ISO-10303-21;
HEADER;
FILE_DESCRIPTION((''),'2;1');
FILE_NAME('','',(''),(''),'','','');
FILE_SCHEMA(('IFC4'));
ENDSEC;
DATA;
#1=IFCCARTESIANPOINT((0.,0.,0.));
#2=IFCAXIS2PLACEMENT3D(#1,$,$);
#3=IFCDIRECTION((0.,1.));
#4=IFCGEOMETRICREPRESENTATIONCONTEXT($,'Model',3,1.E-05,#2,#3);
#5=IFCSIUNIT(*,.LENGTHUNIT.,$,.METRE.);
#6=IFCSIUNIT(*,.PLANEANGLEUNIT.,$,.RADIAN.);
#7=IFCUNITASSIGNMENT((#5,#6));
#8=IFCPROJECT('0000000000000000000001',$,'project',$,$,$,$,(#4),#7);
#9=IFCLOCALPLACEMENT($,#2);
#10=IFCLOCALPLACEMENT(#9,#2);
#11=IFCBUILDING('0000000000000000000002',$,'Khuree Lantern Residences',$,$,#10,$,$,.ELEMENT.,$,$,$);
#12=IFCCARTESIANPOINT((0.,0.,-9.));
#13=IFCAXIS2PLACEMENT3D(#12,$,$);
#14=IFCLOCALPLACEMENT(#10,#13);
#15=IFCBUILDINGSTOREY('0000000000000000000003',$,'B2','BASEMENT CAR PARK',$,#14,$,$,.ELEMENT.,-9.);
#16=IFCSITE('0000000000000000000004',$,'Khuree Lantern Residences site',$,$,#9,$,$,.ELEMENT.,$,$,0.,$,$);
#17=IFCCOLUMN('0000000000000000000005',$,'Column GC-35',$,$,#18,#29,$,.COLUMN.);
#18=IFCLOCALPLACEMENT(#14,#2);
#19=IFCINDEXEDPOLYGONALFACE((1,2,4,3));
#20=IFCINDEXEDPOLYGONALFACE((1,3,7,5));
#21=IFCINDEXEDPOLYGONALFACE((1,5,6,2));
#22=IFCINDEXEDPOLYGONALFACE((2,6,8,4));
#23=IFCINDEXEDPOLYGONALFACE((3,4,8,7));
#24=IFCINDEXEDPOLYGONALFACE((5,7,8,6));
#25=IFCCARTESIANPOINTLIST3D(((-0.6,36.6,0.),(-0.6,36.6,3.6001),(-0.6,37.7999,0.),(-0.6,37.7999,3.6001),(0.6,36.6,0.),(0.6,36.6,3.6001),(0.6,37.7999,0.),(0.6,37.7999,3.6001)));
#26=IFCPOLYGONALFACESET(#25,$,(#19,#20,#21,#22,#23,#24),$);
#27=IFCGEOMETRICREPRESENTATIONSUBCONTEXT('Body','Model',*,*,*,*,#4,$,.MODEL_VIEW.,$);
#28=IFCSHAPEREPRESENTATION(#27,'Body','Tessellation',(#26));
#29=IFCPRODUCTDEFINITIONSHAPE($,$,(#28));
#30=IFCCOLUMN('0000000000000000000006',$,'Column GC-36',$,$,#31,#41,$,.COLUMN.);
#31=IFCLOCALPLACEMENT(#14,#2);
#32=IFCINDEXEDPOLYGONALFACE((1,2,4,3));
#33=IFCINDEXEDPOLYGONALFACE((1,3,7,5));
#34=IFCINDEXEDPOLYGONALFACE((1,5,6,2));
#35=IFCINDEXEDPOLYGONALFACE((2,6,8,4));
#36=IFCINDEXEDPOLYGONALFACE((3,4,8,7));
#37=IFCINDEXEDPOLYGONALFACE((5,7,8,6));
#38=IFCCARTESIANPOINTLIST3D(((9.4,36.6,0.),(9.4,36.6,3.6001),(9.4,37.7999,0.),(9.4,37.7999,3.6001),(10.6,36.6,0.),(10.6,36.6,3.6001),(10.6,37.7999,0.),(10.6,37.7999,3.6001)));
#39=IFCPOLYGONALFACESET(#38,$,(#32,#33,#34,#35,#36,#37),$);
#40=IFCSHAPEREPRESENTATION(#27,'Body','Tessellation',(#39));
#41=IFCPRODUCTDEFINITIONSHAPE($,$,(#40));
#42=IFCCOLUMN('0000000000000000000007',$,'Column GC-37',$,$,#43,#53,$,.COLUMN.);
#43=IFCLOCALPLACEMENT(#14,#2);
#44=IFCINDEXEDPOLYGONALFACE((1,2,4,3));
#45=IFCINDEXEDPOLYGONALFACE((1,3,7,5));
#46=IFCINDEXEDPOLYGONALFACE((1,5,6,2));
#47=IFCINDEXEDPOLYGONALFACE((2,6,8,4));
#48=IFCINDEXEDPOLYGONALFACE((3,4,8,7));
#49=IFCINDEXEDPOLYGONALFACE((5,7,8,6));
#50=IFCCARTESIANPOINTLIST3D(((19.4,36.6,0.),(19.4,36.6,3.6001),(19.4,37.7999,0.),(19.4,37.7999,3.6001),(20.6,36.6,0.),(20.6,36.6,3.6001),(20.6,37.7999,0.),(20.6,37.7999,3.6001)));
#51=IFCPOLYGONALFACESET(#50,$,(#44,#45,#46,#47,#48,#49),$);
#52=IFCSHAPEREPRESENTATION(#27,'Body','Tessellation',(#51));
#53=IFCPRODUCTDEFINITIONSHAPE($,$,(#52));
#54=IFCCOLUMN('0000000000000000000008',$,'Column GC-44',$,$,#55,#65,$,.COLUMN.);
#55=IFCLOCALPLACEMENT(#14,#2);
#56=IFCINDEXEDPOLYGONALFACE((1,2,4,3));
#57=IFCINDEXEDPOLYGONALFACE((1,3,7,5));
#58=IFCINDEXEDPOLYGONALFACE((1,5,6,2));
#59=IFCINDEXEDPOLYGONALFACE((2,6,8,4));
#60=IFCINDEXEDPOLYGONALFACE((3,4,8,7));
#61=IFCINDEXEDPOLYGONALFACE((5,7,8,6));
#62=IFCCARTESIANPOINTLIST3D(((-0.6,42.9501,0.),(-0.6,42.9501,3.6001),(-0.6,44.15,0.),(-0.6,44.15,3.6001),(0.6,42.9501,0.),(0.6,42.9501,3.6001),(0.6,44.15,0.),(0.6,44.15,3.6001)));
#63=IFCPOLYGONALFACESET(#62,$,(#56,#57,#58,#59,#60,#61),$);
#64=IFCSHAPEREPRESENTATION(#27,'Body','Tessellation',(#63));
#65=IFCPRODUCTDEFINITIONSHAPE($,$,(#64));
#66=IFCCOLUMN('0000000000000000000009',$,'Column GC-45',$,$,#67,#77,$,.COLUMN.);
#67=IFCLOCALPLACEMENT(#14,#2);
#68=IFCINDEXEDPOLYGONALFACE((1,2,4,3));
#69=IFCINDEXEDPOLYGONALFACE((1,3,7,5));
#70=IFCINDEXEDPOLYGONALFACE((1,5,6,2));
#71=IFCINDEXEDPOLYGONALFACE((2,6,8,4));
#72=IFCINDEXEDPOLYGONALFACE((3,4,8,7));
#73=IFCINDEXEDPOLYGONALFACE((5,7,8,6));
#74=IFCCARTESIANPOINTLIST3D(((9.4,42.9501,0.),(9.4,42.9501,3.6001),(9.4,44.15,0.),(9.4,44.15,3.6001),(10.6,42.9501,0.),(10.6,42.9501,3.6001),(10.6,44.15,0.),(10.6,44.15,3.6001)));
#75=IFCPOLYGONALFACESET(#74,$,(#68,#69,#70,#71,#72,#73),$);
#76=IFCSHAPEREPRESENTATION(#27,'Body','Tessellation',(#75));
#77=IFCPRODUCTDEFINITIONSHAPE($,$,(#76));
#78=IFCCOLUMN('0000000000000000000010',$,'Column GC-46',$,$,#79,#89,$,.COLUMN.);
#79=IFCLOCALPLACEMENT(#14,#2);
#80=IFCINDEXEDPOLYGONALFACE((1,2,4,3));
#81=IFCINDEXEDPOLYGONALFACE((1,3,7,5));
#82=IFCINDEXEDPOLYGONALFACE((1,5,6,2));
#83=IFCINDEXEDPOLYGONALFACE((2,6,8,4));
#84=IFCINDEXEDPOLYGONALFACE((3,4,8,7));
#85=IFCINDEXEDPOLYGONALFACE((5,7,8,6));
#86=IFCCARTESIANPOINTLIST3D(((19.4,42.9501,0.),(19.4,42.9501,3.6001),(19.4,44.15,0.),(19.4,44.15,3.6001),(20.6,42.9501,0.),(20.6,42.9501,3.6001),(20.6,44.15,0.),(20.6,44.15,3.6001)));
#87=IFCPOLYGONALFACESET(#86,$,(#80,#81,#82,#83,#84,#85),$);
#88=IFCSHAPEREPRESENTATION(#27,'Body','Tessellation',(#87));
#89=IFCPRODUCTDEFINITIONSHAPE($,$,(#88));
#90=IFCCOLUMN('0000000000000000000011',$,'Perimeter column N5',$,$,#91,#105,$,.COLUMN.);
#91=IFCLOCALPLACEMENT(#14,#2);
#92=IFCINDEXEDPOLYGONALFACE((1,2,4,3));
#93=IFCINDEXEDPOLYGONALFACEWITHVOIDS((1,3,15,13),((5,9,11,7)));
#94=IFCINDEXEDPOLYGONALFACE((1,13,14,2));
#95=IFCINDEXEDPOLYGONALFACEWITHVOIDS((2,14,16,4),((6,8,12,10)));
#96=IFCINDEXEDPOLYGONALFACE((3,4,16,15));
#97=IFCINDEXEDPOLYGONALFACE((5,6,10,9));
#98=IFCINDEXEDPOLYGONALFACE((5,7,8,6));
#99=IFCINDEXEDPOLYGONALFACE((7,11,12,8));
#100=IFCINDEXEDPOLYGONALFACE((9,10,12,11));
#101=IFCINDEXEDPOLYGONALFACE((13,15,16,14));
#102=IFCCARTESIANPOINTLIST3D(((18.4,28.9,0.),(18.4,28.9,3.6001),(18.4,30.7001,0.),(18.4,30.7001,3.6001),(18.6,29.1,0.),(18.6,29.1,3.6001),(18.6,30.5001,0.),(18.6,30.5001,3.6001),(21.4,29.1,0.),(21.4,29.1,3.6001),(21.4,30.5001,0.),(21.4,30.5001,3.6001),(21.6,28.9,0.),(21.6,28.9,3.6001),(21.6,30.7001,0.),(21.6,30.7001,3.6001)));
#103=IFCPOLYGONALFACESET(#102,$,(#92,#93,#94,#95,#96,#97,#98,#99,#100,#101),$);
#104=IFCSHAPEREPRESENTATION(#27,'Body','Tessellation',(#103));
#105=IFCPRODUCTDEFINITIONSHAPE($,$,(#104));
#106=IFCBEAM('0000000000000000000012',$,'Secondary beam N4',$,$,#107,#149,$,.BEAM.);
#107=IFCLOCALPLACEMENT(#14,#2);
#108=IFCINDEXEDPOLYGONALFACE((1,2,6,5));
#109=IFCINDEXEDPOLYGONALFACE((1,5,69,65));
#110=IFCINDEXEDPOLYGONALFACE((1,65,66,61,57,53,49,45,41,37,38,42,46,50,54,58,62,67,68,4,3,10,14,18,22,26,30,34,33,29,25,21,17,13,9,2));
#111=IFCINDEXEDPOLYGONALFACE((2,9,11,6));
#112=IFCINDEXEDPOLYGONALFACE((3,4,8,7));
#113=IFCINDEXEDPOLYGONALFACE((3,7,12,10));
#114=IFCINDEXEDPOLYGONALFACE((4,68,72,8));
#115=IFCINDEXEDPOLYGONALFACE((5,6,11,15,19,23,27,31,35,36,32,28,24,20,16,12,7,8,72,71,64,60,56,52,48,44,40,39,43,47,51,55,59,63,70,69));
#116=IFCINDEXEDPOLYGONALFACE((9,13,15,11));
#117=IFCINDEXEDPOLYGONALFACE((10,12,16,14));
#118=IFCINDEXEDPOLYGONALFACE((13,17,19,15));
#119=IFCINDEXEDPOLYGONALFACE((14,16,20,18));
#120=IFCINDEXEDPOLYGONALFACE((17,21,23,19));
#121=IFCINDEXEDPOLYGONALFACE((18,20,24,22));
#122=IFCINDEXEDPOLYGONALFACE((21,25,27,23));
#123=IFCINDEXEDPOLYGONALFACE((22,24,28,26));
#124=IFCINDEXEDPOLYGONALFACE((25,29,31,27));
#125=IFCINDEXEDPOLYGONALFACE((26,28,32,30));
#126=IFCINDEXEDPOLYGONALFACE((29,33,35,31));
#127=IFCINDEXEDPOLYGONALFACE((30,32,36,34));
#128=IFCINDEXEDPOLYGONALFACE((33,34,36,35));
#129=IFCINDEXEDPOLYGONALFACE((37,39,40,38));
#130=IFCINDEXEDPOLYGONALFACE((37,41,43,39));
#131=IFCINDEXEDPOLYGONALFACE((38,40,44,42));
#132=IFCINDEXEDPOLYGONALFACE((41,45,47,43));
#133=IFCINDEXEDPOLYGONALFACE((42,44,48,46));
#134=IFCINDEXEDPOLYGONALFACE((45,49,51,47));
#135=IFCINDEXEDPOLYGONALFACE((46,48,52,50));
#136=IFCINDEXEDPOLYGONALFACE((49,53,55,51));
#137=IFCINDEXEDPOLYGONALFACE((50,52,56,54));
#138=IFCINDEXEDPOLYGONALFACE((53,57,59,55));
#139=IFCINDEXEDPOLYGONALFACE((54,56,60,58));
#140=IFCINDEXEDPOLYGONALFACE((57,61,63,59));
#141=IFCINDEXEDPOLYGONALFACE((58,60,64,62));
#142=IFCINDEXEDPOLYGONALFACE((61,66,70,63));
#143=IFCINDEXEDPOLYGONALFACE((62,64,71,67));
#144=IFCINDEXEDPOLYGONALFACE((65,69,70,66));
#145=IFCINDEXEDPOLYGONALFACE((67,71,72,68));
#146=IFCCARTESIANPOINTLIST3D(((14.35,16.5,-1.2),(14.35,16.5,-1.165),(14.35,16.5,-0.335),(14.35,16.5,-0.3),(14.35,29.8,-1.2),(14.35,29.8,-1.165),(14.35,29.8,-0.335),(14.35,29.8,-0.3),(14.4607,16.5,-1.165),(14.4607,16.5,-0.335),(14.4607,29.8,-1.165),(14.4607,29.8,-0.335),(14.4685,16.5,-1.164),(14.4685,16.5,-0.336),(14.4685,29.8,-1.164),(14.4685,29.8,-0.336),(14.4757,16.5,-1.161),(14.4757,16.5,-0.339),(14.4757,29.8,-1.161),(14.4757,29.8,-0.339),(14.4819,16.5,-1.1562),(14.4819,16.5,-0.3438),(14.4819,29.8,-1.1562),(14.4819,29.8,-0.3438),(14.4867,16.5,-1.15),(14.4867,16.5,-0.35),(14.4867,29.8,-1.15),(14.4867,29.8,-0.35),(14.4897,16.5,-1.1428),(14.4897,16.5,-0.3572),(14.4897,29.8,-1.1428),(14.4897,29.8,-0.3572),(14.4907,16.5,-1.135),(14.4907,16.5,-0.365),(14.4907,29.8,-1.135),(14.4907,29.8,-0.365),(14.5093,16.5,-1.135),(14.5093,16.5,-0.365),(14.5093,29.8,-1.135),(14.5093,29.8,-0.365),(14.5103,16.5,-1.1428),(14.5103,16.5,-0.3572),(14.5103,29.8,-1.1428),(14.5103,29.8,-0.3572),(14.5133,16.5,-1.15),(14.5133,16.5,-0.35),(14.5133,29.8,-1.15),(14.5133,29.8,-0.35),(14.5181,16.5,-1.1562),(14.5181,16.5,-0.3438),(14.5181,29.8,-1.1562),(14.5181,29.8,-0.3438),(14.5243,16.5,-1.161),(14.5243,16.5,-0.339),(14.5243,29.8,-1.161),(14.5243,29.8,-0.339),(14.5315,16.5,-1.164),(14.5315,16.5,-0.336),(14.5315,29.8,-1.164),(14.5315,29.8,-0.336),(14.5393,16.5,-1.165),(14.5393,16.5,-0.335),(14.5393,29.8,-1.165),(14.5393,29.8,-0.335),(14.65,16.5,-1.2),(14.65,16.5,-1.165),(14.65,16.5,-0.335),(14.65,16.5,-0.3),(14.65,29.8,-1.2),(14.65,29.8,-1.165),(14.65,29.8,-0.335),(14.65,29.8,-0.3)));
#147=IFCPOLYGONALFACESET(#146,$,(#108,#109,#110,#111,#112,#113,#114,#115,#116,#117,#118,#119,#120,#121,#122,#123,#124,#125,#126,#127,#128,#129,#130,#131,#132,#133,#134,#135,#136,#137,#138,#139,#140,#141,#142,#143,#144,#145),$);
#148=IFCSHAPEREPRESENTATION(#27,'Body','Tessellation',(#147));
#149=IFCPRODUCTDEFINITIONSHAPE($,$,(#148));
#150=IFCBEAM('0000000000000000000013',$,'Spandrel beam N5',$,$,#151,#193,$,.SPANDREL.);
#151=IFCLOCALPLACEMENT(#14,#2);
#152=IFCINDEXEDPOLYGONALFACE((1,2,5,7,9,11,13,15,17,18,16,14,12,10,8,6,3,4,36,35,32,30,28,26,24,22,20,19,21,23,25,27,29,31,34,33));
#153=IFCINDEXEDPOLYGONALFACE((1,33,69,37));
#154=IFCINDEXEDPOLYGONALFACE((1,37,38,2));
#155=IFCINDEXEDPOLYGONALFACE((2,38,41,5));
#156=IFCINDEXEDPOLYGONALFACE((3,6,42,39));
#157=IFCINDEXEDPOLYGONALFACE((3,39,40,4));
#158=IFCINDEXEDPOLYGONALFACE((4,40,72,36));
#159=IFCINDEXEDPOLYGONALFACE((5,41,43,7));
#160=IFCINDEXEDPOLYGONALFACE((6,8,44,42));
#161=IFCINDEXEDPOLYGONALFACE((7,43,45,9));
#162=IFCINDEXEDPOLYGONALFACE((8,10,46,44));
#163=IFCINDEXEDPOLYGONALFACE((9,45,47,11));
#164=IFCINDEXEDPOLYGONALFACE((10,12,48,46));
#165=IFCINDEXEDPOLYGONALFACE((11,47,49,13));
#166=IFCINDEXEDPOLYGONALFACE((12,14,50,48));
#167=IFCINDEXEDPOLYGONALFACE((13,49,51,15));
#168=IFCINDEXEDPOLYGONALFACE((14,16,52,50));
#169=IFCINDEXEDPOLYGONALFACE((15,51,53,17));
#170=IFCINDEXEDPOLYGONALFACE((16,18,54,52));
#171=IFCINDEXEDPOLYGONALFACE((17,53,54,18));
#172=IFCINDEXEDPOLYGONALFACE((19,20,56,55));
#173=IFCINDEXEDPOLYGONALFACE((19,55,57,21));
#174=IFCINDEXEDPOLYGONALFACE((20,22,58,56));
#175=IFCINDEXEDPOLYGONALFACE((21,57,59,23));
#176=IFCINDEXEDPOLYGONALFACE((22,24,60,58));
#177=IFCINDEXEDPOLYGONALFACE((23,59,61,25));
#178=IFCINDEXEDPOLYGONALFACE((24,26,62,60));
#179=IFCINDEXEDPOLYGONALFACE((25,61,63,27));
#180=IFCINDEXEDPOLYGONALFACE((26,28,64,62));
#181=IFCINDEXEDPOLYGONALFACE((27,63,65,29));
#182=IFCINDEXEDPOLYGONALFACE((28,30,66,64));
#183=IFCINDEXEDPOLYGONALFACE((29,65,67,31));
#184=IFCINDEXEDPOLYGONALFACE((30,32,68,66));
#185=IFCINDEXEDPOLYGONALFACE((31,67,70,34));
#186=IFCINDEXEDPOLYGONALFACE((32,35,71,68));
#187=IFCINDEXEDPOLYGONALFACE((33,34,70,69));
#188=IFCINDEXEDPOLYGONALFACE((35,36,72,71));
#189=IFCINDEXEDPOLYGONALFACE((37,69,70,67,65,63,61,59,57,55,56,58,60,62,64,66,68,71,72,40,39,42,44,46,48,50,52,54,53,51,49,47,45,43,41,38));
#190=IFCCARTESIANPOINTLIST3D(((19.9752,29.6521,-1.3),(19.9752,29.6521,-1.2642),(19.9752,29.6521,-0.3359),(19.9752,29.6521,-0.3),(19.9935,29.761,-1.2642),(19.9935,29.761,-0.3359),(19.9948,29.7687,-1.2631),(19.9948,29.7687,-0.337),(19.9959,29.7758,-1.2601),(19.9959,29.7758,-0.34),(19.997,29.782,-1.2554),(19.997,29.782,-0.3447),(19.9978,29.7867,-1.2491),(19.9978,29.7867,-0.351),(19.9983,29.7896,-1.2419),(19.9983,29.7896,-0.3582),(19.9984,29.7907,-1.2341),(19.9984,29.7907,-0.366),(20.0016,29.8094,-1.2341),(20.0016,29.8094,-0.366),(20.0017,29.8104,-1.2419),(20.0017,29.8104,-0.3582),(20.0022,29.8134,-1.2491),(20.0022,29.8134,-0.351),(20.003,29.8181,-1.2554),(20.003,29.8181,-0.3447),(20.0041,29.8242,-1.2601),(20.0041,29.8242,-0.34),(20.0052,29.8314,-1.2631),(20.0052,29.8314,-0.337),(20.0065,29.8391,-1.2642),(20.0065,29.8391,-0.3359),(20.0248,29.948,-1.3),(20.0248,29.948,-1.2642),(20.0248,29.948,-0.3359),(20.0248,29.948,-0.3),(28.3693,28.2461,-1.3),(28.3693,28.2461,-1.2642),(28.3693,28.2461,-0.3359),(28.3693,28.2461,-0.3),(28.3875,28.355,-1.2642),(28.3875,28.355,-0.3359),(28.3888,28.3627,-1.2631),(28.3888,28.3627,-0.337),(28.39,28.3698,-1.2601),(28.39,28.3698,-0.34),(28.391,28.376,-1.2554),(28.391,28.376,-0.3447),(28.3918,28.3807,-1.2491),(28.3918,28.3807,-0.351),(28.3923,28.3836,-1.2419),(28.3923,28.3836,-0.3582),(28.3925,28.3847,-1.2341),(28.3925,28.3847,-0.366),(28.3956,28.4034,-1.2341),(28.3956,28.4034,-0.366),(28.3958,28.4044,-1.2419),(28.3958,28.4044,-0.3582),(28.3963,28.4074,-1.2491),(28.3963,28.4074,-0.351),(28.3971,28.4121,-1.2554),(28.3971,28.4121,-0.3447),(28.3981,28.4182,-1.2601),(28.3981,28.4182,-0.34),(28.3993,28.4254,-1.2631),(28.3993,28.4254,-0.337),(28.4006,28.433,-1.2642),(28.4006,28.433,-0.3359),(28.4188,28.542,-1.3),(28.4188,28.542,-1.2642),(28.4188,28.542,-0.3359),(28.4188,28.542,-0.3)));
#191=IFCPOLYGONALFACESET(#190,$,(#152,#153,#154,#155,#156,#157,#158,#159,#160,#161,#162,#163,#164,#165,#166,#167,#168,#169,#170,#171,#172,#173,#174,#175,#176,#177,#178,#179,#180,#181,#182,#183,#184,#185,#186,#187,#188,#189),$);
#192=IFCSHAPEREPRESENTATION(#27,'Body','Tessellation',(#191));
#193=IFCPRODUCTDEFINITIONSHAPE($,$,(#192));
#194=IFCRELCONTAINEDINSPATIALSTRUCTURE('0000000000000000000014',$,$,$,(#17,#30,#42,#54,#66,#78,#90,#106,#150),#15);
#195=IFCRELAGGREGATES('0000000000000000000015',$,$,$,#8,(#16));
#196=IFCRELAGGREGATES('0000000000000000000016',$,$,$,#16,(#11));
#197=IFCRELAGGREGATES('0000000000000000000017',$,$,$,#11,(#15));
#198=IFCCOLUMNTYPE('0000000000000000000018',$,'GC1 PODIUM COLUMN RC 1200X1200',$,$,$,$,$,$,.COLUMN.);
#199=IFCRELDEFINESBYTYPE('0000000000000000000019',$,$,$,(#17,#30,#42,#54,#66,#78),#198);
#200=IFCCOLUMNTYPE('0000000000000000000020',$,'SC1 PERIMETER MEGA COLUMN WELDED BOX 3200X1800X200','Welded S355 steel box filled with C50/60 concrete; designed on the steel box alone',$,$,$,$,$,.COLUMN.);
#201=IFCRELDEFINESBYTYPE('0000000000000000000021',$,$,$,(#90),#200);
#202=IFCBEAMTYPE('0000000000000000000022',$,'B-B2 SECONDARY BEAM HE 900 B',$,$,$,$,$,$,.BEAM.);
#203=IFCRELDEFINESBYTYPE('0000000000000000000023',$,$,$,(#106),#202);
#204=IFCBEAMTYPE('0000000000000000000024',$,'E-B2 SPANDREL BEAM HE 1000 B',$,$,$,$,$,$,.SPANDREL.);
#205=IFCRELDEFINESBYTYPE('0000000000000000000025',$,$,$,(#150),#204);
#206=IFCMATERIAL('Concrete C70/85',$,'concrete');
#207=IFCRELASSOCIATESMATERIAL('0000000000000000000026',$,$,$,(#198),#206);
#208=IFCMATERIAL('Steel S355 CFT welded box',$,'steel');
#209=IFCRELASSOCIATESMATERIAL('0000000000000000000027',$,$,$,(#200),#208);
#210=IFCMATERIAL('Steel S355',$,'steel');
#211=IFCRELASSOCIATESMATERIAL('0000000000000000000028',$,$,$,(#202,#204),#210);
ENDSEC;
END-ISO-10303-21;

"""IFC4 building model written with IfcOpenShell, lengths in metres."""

from ifc_helpers import new_model, si_unit, direction, frame, origin, origin_2d, place, context, subcontext, project, spatial, rectangle, hollow_rectangle, i_section, extrude, material, material_profile, profile_set, type_object, element, save


model = new_model("IFC4")

# Units and contexts
model_context = context("Model", 3, precision=1e-05, world=origin(), true_north=direction((0.0, 1.0)))
body_context = subcontext(model_context, "Body", "Model", "MODEL_VIEW")
ifc_project = project(units=[si_unit("LENGTHUNIT", "METRE"), si_unit("PLANEANGLEUNIT", "RADIAN")], contexts=[model_context])

# Site, building, storey
site_placement = place(None, origin())
site = spatial("IfcSite", under=ifc_project, at=site_placement, Name="Khuree Lantern Residences site", CompositionType="ELEMENT", RefElevation=0.0)
building_placement = place(site_placement, origin())
building = spatial("IfcBuilding", under=site, at=building_placement, Name="Khuree Lantern Residences", CompositionType="ELEMENT")
storey_placement = place(building_placement, frame((0.0, 0.0, -9.0)))
storey = spatial("IfcBuildingStorey", under=building, at=storey_placement, Name="B2", Description="BASEMENT CAR PARK", CompositionType="ELEMENT", Elevation=-9.0)

# Columns
ifc_material_1 = material(Name="Concrete C70/85", Category="concrete")
ifc_material_profile_1 = material_profile(ifc_material_1, rectangle(XDim=1.2, YDim=1.2, at=origin_2d()), Name="RC 1200X1200")
ifc_profile_set_1 = profile_set([ifc_material_profile_1], Name="Concrete C70/85")
column_type_1 = type_object("IfcColumnType", Name="GC1 PODIUM COLUMN RC 1200X1200", PredefinedType="COLUMN", material=ifc_profile_set_1)
for number, where, z_axis, x_axis, name in (
    (1, (0.0, 37.2, 0.0), (0.0, 0.0, 1.0), (1.0, 0.0, 0.0), "Column GC-35"),
    (2, (10.0, 37.2, 0.0), (0.0, 0.0, 1.0), (1.0, 0.0, 0.0), "Column GC-36"),
    (3, (20.0, 37.2, 0.0), (0.0, 0.0, 1.0), (1.0, 0.0, 0.0), "Column GC-37"),
    (4, (0.0, 43.55, 0.0), (0.0, 0.0, 1.0), (1.0, 0.0, 0.0), "Column GC-44"),
    (5, (10.0, 43.55, 0.0), (0.0, 0.0, 1.0), (1.0, 0.0, 0.0), "Column GC-45"),
    (6, (20.0, 43.55, 0.0), (0.0, 0.0, 1.0), (1.0, 0.0, 0.0), "Column GC-46"),
):
    element("IfcColumn", number, at=place(storey_placement, frame(where, z_axis=z_axis, x_axis=x_axis)), inside=storey, type_object=column_type_1, Name=name, PredefinedType="COLUMN", context=body_context, shape_type="SweptSolid", body=[
        extrude(rectangle(XDim=1.2, YDim=1.2, at=origin_2d()), origin(), (0.0, 0.0, 1.0), 3.6001),
    ])
ifc_material_2 = material(Name="Steel S355 CFT welded box", Category="steel")
ifc_material_profile_2 = material_profile(ifc_material_2, hollow_rectangle(XDim=3.2, YDim=1.8, WallThickness=0.2, at=origin_2d()), Name="WELDED BOX 3200X1800X200")
ifc_profile_set_2 = profile_set([ifc_material_profile_2], Name="Steel S355 CFT welded box")
column_type_2 = type_object("IfcColumnType", Name="SC1 PERIMETER MEGA COLUMN WELDED BOX 3200X1800X200", Description="Welded S355 steel box filled with C50/60 concrete; designed on the steel box alone", PredefinedType="COLUMN", material=ifc_profile_set_2)
column_placement = place(storey_placement, frame((20.0, 29.8, 0.0), z_axis=(0.0, 0.0, 1.0), x_axis=(1.0, 0.0, 0.0)))
element("IfcColumn", 7, at=column_placement, inside=storey, type_object=column_type_2, Name="Perimeter column N5", PredefinedType="COLUMN", context=body_context, shape_type="SweptSolid", body=[
    extrude(hollow_rectangle(XDim=3.2, YDim=1.8, WallThickness=0.2, at=origin_2d()), origin(), (0.0, 0.0, 1.0), 3.6001),
])

# Beams
ifc_material_3 = material(Name="Steel S355", Category="steel")
ifc_material_profile_3 = material_profile(ifc_material_3, i_section(OverallWidth=0.3, OverallDepth=0.8999, WebThickness=0.0186, FlangeThickness=0.0349, FilletRadius=0.03, at=origin_2d()), Name="HE 900 B")
ifc_profile_set_3 = profile_set([ifc_material_profile_3], Name="Steel S355")
beam_type_1 = type_object("IfcBeamType", Name="B-B2 SECONDARY BEAM HE 900 B", PredefinedType="BEAM", material=ifc_profile_set_3)
beam_1_placement = place(storey_placement, frame((14.5, 29.8, -0.75), z_axis=(0.0, -1.0, 0.0), x_axis=(1.0, 0.0, 0.0)))
element("IfcBeam", 8, at=beam_1_placement, inside=storey, type_object=beam_type_1, Name="Secondary beam N4", PredefinedType="BEAM", context=body_context, shape_type="SweptSolid", body=[
    extrude(i_section(OverallWidth=0.3, OverallDepth=0.8999, WebThickness=0.0186, FlangeThickness=0.0349, FilletRadius=0.03, at=origin_2d()), origin(), (0.0, 0.0, 1.0), 13.3),
])
ifc_material_profile_4 = material_profile(ifc_material_3, i_section(OverallWidth=0.3, OverallDepth=1.0, WebThickness=0.019, FlangeThickness=0.0359, FilletRadius=0.03, at=origin_2d()), Name="HE 1000 B")
ifc_profile_set_4 = profile_set([ifc_material_profile_4], Name="Steel S355")
beam_type_2 = type_object("IfcBeamType", Name="E-B2 SPANDREL BEAM HE 1000 B", PredefinedType="SPANDREL", material=ifc_profile_set_4)
beam_2_placement = place(storey_placement, frame((20.0, 29.8, -0.8), z_axis=(0.98626, -0.165199, 0.0), x_axis=(0.165199, 0.98626, 0.0)))
element("IfcBeam", 9, at=beam_2_placement, inside=storey, type_object=beam_type_2, Name="Spandrel beam N5", PredefinedType="SPANDREL", context=body_context, shape_type="SweptSolid", body=[
    extrude(i_section(OverallWidth=0.3, OverallDepth=1.0, WebThickness=0.019, FlangeThickness=0.0359, FilletRadius=0.03, at=origin_2d()), origin(), (0.0, 0.0, 1.0), 8.511),
])

save(model, "model.ifc")
